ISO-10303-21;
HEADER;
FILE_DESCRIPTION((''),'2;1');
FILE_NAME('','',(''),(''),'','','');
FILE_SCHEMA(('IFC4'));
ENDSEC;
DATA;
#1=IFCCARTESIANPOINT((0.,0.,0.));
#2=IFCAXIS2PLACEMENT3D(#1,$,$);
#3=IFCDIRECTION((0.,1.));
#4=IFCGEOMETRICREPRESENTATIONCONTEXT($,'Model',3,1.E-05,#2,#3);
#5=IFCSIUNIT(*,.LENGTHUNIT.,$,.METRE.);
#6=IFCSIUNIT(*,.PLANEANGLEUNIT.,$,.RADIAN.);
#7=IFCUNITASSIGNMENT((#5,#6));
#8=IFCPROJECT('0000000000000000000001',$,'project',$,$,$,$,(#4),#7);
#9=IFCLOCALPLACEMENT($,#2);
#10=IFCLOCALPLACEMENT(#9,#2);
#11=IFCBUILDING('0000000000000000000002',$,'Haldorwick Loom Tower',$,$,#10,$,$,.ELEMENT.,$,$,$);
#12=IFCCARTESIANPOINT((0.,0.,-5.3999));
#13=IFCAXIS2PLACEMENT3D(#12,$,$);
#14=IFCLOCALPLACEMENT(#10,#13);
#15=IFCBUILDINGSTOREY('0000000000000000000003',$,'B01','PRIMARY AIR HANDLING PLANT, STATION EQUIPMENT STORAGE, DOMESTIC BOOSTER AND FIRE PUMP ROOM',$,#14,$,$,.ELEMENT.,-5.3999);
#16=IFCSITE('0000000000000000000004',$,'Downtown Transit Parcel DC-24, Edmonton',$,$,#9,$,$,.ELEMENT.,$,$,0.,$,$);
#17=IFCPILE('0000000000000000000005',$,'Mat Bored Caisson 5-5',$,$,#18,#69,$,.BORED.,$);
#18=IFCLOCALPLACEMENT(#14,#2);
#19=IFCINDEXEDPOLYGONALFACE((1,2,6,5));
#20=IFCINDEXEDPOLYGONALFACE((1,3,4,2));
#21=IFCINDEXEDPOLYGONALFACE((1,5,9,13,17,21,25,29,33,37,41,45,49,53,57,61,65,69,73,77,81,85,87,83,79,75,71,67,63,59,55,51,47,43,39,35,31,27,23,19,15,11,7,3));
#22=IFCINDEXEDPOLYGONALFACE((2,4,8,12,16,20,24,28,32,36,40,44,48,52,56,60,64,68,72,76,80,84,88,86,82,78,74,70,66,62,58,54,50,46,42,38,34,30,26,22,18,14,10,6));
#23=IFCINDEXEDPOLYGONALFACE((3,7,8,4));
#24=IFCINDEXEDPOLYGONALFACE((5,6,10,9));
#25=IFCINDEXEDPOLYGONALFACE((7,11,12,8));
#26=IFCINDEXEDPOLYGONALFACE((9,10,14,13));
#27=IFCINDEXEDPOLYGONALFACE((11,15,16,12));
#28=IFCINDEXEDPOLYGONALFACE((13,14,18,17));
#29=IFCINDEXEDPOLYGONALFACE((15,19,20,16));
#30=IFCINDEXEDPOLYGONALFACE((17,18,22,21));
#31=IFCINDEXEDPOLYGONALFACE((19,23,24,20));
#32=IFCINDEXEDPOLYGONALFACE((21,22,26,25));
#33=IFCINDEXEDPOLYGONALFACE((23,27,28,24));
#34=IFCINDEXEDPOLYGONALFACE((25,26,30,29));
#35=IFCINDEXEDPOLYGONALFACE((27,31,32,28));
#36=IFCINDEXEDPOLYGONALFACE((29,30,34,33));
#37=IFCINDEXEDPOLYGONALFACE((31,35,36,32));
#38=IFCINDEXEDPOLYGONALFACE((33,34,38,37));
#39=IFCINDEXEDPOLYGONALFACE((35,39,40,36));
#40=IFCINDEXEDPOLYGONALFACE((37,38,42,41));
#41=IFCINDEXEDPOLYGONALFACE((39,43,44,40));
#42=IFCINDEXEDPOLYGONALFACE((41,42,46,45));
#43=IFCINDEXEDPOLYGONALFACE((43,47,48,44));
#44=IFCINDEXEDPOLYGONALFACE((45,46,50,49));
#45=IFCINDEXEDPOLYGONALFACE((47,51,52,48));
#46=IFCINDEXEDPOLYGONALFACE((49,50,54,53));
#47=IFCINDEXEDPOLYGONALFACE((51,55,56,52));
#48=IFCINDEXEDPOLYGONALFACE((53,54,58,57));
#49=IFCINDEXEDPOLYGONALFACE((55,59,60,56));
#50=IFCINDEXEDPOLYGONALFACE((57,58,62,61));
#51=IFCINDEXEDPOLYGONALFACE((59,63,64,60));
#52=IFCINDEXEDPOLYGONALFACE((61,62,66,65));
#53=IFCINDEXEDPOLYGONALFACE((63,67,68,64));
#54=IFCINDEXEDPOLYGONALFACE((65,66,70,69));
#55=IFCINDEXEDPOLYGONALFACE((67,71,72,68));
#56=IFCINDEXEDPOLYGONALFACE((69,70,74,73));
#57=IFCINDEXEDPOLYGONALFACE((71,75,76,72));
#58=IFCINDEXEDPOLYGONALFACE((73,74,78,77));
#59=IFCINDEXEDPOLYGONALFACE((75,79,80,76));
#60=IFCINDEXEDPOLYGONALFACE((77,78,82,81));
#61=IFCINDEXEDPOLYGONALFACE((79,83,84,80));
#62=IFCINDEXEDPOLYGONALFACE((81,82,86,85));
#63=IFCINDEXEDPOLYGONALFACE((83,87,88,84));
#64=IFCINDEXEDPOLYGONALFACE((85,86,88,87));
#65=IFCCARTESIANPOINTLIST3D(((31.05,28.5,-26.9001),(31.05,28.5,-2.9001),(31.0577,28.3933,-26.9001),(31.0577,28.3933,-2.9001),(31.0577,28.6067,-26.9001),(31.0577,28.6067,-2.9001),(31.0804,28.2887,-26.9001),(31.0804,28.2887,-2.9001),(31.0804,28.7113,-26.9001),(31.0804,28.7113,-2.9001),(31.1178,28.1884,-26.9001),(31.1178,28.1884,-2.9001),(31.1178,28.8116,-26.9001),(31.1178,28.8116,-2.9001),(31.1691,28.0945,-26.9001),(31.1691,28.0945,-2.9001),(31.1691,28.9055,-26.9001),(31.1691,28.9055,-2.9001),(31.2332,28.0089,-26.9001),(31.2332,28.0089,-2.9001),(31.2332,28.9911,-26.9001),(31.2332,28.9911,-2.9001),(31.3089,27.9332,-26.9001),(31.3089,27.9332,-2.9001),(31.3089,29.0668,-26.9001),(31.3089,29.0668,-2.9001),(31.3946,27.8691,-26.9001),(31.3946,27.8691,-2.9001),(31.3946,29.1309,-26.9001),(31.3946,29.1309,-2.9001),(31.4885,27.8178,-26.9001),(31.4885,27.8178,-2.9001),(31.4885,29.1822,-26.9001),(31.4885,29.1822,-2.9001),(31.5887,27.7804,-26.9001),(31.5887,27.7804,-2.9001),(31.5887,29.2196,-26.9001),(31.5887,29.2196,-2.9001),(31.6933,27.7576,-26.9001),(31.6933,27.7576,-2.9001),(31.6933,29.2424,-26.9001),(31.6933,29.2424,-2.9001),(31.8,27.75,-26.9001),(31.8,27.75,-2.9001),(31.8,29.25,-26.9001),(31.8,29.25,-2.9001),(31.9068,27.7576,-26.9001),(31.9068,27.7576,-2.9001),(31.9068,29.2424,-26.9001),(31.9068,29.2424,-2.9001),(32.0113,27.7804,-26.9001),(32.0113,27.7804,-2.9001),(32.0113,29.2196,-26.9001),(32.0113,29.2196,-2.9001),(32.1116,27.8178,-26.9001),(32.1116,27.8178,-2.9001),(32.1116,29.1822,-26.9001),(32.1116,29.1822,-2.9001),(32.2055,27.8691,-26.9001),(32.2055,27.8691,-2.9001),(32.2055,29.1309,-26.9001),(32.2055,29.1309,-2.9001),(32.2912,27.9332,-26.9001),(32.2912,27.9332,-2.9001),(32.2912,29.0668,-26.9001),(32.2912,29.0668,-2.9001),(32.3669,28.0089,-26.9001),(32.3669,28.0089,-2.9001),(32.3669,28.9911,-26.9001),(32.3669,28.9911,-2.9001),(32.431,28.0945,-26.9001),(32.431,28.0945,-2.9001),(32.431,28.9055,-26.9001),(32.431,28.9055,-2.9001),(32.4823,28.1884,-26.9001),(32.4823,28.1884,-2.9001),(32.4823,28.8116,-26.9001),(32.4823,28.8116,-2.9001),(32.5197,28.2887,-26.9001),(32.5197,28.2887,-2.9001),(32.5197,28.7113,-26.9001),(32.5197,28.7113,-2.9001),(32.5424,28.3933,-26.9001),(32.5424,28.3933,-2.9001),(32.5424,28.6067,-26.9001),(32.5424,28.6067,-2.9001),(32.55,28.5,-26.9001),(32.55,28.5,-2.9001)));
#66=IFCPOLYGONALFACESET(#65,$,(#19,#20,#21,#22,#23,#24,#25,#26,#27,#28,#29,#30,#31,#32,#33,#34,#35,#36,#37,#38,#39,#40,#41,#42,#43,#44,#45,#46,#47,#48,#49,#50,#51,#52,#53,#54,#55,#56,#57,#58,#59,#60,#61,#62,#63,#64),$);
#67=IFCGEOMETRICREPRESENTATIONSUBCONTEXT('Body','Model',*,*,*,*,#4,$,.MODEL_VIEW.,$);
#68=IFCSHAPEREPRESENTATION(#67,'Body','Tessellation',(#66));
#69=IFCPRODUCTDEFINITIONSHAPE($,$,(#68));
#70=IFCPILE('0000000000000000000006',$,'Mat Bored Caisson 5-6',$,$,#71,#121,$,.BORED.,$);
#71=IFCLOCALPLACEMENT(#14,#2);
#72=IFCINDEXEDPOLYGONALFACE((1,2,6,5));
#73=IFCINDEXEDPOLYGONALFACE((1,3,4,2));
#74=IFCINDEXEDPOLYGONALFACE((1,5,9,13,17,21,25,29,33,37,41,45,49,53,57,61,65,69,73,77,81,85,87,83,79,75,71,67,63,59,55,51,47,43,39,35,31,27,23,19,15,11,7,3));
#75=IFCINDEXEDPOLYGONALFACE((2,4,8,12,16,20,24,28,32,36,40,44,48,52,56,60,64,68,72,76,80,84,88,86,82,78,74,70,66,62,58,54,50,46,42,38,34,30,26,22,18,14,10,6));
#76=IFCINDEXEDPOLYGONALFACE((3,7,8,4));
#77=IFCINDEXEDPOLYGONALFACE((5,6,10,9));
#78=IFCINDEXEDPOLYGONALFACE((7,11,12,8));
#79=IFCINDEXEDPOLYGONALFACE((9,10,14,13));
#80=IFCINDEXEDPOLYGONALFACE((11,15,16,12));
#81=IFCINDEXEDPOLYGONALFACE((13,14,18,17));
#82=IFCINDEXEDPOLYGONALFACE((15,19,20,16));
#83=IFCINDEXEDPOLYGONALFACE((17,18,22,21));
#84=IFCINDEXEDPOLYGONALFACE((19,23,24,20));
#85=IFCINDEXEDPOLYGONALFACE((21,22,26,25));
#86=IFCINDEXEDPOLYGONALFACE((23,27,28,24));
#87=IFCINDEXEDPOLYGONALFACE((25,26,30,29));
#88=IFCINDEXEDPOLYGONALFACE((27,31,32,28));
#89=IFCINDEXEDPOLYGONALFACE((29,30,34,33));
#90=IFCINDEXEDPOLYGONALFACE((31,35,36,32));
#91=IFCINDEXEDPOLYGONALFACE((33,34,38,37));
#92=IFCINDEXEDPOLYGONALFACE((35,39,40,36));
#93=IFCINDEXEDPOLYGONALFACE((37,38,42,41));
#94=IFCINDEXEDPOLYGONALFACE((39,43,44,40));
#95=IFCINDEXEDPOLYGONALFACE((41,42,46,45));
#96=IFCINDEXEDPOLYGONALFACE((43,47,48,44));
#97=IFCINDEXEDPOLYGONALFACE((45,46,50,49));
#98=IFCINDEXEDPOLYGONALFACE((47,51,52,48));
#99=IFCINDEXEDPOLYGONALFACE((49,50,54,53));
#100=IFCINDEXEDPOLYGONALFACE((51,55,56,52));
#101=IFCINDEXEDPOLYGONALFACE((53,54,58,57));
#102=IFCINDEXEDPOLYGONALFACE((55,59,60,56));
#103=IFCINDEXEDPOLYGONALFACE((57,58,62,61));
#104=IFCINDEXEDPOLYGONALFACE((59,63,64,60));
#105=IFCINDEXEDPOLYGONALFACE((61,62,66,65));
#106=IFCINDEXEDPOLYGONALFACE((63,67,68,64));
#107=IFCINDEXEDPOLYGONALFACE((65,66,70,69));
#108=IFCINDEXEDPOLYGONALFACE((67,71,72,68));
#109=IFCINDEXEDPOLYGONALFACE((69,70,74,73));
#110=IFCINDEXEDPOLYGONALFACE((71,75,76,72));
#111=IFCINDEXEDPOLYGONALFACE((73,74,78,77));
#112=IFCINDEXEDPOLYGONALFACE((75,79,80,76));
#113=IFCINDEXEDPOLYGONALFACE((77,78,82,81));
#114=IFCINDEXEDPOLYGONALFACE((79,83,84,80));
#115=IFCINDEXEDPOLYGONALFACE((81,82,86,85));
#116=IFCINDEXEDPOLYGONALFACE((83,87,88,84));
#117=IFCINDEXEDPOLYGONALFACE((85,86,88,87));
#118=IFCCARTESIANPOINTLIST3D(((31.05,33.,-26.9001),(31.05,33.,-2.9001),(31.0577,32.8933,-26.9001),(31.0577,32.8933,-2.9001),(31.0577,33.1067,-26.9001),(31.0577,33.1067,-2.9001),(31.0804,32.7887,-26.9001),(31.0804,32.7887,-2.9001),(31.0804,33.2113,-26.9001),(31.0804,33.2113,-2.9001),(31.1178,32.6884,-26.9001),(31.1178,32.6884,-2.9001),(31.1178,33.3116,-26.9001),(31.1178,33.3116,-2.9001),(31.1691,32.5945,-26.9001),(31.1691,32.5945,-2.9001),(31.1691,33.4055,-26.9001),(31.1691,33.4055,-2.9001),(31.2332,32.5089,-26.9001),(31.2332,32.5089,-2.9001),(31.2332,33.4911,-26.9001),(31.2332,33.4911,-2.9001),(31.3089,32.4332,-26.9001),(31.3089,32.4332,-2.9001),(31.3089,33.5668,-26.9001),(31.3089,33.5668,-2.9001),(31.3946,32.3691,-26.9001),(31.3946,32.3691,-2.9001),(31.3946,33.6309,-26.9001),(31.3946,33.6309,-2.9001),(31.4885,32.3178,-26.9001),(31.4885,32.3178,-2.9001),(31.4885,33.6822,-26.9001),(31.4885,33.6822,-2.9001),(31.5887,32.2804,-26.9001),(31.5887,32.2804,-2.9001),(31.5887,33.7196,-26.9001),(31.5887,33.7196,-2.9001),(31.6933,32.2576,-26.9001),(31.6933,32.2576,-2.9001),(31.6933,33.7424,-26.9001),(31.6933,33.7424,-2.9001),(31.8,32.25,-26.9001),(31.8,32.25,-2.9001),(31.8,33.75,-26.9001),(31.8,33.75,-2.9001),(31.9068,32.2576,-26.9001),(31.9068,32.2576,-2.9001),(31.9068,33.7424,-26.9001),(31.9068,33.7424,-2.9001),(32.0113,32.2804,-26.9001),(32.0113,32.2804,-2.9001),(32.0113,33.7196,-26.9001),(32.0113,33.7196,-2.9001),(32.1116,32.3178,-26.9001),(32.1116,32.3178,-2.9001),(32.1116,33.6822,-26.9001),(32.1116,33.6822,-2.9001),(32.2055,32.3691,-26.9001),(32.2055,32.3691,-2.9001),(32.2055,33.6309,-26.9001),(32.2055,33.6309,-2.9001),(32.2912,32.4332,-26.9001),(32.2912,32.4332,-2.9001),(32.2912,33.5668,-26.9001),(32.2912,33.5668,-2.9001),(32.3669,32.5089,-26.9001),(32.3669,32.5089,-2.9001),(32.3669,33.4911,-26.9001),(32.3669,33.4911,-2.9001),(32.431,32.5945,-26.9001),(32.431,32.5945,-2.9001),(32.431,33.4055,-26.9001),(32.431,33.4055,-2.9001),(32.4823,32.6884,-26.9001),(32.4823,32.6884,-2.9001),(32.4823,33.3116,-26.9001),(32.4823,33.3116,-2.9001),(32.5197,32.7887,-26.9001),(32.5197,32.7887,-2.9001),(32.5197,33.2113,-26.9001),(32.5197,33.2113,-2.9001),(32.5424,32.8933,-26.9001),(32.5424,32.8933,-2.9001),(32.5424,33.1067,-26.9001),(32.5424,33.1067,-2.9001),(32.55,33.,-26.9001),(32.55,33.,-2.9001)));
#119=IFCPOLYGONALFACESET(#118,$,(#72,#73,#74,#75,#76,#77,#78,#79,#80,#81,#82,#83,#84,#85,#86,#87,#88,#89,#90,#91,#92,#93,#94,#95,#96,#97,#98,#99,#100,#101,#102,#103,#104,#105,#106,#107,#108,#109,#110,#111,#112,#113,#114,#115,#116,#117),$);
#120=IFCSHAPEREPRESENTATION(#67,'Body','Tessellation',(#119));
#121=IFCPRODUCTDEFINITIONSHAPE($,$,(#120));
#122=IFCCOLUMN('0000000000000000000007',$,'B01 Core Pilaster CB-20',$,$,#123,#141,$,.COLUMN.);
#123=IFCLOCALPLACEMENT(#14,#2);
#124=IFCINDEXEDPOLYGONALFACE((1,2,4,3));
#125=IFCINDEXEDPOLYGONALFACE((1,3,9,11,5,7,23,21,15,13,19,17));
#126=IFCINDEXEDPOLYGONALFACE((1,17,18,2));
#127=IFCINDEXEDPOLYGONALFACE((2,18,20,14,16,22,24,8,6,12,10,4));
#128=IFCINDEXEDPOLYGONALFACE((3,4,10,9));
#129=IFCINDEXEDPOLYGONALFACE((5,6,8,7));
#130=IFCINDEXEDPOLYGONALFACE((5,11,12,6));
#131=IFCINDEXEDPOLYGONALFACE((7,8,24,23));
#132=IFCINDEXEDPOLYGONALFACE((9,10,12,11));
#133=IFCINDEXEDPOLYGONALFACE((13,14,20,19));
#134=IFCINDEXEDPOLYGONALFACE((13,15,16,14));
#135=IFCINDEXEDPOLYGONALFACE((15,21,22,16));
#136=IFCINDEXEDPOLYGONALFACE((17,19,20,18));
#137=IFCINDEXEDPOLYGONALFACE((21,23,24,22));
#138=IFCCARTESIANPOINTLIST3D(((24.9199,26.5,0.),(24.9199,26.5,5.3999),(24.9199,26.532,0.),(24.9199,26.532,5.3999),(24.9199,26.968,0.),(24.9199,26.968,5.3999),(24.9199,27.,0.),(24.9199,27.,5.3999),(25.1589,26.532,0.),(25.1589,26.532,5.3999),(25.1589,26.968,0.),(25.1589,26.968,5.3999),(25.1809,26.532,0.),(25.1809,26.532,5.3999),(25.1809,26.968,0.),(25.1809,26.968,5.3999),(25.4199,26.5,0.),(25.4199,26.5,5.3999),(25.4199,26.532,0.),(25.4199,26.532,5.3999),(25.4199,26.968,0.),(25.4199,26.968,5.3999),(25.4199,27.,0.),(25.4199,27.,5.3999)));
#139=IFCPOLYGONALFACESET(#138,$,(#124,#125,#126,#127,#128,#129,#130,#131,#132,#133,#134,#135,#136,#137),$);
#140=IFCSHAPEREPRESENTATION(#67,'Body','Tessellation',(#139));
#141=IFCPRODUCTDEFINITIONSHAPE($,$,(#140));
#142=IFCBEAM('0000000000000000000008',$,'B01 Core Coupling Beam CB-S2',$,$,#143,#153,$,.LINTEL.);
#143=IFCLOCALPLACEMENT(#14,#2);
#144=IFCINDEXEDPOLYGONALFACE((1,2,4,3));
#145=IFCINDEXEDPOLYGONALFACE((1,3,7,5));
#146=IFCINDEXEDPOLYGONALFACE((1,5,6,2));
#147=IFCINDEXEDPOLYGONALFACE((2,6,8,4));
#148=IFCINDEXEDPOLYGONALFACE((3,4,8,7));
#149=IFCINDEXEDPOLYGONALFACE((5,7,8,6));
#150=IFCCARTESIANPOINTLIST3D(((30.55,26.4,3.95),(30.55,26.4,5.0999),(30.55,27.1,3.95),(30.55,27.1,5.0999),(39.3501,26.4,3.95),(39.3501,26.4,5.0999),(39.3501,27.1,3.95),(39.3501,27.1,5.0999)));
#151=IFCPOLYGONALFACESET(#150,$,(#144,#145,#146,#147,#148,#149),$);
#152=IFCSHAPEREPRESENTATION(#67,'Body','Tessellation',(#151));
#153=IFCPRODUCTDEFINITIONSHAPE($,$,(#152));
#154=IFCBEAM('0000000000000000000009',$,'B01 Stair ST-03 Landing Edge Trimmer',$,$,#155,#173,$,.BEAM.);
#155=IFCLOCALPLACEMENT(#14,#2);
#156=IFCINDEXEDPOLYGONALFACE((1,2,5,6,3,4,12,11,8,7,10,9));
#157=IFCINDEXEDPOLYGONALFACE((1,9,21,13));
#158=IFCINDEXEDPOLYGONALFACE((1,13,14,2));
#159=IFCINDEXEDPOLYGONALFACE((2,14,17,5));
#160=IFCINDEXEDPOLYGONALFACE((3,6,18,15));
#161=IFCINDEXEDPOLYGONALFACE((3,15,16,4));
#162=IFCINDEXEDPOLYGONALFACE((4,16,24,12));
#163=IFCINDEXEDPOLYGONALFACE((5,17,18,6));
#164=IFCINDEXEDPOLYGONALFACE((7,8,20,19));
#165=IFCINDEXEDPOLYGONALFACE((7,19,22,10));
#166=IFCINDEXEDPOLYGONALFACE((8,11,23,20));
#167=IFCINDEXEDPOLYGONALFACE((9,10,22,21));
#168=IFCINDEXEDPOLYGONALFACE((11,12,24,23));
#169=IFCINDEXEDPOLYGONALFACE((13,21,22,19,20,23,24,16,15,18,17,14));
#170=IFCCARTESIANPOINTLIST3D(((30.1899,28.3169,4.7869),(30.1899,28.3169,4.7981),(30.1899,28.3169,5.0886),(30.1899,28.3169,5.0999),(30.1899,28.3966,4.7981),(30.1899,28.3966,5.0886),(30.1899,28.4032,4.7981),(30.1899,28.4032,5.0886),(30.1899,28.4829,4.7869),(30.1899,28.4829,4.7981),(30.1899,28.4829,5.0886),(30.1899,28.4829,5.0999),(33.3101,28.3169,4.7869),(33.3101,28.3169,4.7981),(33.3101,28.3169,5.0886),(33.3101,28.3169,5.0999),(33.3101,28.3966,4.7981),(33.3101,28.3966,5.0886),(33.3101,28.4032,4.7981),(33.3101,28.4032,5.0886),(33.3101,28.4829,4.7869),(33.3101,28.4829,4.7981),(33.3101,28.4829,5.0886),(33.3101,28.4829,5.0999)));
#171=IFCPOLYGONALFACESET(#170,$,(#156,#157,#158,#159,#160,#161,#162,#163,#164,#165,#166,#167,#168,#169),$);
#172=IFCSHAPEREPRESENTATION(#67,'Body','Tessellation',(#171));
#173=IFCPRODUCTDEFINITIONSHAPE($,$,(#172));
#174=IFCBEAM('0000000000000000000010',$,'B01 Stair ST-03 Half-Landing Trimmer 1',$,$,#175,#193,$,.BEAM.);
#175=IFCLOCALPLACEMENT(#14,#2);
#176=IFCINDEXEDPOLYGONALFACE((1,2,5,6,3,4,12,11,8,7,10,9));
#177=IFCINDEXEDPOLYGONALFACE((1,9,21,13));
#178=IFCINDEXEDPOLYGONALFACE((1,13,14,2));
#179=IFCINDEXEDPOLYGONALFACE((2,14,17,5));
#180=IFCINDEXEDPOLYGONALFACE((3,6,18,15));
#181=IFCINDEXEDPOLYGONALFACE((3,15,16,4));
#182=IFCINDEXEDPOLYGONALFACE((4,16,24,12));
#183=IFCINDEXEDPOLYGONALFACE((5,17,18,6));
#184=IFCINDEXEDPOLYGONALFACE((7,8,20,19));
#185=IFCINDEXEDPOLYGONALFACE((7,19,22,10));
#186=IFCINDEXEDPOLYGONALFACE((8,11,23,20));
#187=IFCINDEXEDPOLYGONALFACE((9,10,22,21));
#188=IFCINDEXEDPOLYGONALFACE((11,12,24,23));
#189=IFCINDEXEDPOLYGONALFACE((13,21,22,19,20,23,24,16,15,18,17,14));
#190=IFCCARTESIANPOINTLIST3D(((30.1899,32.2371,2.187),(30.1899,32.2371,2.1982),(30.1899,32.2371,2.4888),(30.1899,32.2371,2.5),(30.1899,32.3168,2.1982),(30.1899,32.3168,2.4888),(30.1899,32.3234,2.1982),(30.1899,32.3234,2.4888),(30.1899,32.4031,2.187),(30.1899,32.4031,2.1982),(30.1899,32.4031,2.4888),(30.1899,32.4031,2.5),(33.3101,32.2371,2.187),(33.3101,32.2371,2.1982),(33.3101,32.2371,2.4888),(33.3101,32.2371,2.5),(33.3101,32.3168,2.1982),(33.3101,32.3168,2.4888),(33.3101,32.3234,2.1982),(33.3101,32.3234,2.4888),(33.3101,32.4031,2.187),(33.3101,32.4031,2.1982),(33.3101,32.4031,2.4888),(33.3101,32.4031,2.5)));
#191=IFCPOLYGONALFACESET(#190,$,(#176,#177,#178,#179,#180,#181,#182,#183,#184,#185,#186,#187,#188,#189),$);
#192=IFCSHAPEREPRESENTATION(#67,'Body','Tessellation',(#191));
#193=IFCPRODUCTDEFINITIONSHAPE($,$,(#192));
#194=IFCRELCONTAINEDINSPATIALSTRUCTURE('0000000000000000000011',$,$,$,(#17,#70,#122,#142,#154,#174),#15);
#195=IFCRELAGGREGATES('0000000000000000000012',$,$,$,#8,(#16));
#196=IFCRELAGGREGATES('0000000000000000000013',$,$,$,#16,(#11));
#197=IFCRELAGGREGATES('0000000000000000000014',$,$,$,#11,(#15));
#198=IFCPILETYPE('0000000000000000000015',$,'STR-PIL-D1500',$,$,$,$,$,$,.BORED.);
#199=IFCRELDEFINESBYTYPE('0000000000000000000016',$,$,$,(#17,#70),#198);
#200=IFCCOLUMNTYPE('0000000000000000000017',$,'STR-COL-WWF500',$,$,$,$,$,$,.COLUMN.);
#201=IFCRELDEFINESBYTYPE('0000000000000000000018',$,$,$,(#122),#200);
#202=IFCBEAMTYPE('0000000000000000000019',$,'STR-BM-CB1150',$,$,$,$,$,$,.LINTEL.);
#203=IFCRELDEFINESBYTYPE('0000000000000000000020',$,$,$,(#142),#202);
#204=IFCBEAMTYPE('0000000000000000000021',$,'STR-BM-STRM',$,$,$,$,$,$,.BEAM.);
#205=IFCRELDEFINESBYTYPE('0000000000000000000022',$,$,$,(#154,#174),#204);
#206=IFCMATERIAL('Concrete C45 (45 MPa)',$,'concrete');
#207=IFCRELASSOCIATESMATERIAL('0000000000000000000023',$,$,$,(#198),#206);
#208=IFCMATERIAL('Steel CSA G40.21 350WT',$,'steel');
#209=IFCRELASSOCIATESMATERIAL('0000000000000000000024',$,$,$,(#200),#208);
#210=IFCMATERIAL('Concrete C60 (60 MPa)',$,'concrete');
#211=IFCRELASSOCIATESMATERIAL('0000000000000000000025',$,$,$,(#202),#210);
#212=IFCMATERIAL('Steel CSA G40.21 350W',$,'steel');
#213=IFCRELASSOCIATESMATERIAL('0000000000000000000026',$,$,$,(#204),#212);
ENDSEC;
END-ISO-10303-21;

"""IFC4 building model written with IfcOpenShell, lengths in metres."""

from ifc_helpers import new_model, si_unit, direction, frame, origin, origin_2d, place, context, subcontext, project, spatial, rectangle, circle, i_section, extrude, material, material_profile, profile_set, type_object, element, save


model = new_model("IFC4")

# Units and contexts
model_context = context("Model", 3, precision=1e-05, world=origin(), true_north=direction((0.0, 1.0)))
body_context = subcontext(model_context, "Body", "Model", "MODEL_VIEW")
ifc_project = project(units=[si_unit("LENGTHUNIT", "METRE"), si_unit("PLANEANGLEUNIT", "RADIAN")], contexts=[model_context])

# Site, building, storey
site_placement = place(None, origin())
site = spatial("IfcSite", under=ifc_project, at=site_placement, Name="Downtown Transit Parcel DC-24, Edmonton", CompositionType="ELEMENT", RefElevation=0.0)
building_placement = place(site_placement, origin())
building = spatial("IfcBuilding", under=site, at=building_placement, Name="Haldorwick Loom Tower", CompositionType="ELEMENT")
storey_placement = place(building_placement, frame((0.0, 0.0, -5.3999)))
storey = spatial("IfcBuildingStorey", under=building, at=storey_placement, Name="B01", Description="PRIMARY AIR HANDLING PLANT, STATION EQUIPMENT STORAGE, DOMESTIC BOOSTER AND FIRE PUMP ROOM", CompositionType="ELEMENT", Elevation=-5.3999)

# Piles
ifc_material_1 = material(Name="Concrete C45 (45 MPa)", Category="concrete")
ifc_material_profile_1 = material_profile(ifc_material_1, circle(Radius=0.75, at=origin_2d()), Name="CAISSON_D1500", Category="concrete")
ifc_profile_set_1 = profile_set([ifc_material_profile_1], Name="Concrete C45 (45 MPa)")
pile_type = type_object("IfcPileType", Name="STR-PIL-D1500", PredefinedType="BORED", material=ifc_profile_set_1)
for number, where, z_axis, x_axis, name in (
    (1, (31.8, 28.5, -2.9001), (0.0, 0.0, -1.0), (1.0, 0.0, 0.0), "Mat Bored Caisson 5-5"),
    (2, (31.8, 33.0, -2.9001), (0.0, 0.0, -1.0), (1.0, 0.0, 0.0), "Mat Bored Caisson 5-6"),
):
    element("IfcPile", number, at=place(storey_placement, frame(where, z_axis=z_axis, x_axis=x_axis)), inside=storey, type_object=pile_type, Name=name, PredefinedType="BORED", context=body_context, shape_type="SweptSolid", body=[
        extrude(circle(Radius=0.75, at=origin_2d()), origin(), (0.0, 0.0, 1.0), 24.0),
    ])

# Column
ifc_material_2 = material(Name="Steel CSA G40.21 350WT", Category="steel")
ifc_material_profile_2 = material_profile(ifc_material_2, i_section(OverallWidth=0.5, OverallDepth=0.5, WebThickness=0.022, FlangeThickness=0.032, at=origin_2d()), Name="WWF500X500", Category="steel")
ifc_profile_set_2 = profile_set([ifc_material_profile_2], Name="Steel CSA G40.21 350WT")
column_type = type_object("IfcColumnType", Name="STR-COL-WWF500", PredefinedType="COLUMN", material=ifc_profile_set_2)
column_placement = place(storey_placement, frame((25.1699, 26.75, 0.0), z_axis=(0.0, 0.0, 1.0), x_axis=(1.0, 0.0, 0.0)))
element("IfcColumn", 3, at=column_placement, inside=storey, type_object=column_type, Name="B01 Core Pilaster CB-20", PredefinedType="COLUMN", context=body_context, shape_type="SweptSolid", body=[
    extrude(i_section(OverallWidth=0.5, OverallDepth=0.5, WebThickness=0.022, FlangeThickness=0.032, at=origin_2d()), origin(), (0.0, 0.0, 1.0), 5.3999),
])

# Beams
ifc_material_3 = material(Name="Concrete C60 (60 MPa)", Category="concrete")
ifc_material_profile_3 = material_profile(ifc_material_3, rectangle(XDim=0.7, YDim=1.1499, at=origin_2d()), Name="RC700X1150", Category="concrete")
ifc_profile_set_3 = profile_set([ifc_material_profile_3], Name="Concrete C60 (60 MPa)")
beam_type_1 = type_object("IfcBeamType", Name="STR-BM-CB1150", PredefinedType="LINTEL", material=ifc_profile_set_3)
beam_placement = place(storey_placement, frame((30.55, 26.75, 4.5249), z_axis=(1.0, 0.0, 0.0), x_axis=(0.0, 1.0, 0.0)))
element("IfcBeam", 4, at=beam_placement, inside=storey, type_object=beam_type_1, Name="B01 Core Coupling Beam CB-S2", PredefinedType="LINTEL", context=body_context, shape_type="SweptSolid", body=[
    extrude(rectangle(XDim=0.7, YDim=1.1499, at=origin_2d()), origin(), (0.0, 0.0, 1.0), 8.8),
])
ifc_material_4 = material(Name="Steel CSA G40.21 350W", Category="steel")
ifc_material_profile_4 = material_profile(ifc_material_4, i_section(OverallWidth=0.166, OverallDepth=0.313, WebThickness=0.0066, FlangeThickness=0.0112, at=origin_2d()), Name="W310X45", Category="steel")
ifc_profile_set_4 = profile_set([ifc_material_profile_4], Name="Steel CSA G40.21 350W")
beam_type_2 = type_object("IfcBeamType", Name="STR-BM-STRM", PredefinedType="BEAM", material=ifc_profile_set_4)
for number, where, z_axis, x_axis, name in (
    (5, (30.1899, 28.3999, 4.9434), (1.0, 0.0, 0.0), (0.0, 1.0, 0.0), "B01 Stair ST-03 Landing Edge Trimmer"),
    (6, (30.1899, 32.3201, 2.3435), (1.0, 0.0, 0.0), (0.0, 1.0, 0.0), "B01 Stair ST-03 Half-Landing Trimmer 1"),
):
    element("IfcBeam", number, at=place(storey_placement, frame(where, z_axis=z_axis, x_axis=x_axis)), inside=storey, type_object=beam_type_2, Name=name, PredefinedType="BEAM", context=body_context, shape_type="SweptSolid", body=[
        extrude(i_section(OverallWidth=0.166, OverallDepth=0.313, WebThickness=0.0066, FlangeThickness=0.0112, at=origin_2d()), origin(), (0.0, 0.0, 1.0), 3.1201),
    ])

save(model, "model.ifc")
